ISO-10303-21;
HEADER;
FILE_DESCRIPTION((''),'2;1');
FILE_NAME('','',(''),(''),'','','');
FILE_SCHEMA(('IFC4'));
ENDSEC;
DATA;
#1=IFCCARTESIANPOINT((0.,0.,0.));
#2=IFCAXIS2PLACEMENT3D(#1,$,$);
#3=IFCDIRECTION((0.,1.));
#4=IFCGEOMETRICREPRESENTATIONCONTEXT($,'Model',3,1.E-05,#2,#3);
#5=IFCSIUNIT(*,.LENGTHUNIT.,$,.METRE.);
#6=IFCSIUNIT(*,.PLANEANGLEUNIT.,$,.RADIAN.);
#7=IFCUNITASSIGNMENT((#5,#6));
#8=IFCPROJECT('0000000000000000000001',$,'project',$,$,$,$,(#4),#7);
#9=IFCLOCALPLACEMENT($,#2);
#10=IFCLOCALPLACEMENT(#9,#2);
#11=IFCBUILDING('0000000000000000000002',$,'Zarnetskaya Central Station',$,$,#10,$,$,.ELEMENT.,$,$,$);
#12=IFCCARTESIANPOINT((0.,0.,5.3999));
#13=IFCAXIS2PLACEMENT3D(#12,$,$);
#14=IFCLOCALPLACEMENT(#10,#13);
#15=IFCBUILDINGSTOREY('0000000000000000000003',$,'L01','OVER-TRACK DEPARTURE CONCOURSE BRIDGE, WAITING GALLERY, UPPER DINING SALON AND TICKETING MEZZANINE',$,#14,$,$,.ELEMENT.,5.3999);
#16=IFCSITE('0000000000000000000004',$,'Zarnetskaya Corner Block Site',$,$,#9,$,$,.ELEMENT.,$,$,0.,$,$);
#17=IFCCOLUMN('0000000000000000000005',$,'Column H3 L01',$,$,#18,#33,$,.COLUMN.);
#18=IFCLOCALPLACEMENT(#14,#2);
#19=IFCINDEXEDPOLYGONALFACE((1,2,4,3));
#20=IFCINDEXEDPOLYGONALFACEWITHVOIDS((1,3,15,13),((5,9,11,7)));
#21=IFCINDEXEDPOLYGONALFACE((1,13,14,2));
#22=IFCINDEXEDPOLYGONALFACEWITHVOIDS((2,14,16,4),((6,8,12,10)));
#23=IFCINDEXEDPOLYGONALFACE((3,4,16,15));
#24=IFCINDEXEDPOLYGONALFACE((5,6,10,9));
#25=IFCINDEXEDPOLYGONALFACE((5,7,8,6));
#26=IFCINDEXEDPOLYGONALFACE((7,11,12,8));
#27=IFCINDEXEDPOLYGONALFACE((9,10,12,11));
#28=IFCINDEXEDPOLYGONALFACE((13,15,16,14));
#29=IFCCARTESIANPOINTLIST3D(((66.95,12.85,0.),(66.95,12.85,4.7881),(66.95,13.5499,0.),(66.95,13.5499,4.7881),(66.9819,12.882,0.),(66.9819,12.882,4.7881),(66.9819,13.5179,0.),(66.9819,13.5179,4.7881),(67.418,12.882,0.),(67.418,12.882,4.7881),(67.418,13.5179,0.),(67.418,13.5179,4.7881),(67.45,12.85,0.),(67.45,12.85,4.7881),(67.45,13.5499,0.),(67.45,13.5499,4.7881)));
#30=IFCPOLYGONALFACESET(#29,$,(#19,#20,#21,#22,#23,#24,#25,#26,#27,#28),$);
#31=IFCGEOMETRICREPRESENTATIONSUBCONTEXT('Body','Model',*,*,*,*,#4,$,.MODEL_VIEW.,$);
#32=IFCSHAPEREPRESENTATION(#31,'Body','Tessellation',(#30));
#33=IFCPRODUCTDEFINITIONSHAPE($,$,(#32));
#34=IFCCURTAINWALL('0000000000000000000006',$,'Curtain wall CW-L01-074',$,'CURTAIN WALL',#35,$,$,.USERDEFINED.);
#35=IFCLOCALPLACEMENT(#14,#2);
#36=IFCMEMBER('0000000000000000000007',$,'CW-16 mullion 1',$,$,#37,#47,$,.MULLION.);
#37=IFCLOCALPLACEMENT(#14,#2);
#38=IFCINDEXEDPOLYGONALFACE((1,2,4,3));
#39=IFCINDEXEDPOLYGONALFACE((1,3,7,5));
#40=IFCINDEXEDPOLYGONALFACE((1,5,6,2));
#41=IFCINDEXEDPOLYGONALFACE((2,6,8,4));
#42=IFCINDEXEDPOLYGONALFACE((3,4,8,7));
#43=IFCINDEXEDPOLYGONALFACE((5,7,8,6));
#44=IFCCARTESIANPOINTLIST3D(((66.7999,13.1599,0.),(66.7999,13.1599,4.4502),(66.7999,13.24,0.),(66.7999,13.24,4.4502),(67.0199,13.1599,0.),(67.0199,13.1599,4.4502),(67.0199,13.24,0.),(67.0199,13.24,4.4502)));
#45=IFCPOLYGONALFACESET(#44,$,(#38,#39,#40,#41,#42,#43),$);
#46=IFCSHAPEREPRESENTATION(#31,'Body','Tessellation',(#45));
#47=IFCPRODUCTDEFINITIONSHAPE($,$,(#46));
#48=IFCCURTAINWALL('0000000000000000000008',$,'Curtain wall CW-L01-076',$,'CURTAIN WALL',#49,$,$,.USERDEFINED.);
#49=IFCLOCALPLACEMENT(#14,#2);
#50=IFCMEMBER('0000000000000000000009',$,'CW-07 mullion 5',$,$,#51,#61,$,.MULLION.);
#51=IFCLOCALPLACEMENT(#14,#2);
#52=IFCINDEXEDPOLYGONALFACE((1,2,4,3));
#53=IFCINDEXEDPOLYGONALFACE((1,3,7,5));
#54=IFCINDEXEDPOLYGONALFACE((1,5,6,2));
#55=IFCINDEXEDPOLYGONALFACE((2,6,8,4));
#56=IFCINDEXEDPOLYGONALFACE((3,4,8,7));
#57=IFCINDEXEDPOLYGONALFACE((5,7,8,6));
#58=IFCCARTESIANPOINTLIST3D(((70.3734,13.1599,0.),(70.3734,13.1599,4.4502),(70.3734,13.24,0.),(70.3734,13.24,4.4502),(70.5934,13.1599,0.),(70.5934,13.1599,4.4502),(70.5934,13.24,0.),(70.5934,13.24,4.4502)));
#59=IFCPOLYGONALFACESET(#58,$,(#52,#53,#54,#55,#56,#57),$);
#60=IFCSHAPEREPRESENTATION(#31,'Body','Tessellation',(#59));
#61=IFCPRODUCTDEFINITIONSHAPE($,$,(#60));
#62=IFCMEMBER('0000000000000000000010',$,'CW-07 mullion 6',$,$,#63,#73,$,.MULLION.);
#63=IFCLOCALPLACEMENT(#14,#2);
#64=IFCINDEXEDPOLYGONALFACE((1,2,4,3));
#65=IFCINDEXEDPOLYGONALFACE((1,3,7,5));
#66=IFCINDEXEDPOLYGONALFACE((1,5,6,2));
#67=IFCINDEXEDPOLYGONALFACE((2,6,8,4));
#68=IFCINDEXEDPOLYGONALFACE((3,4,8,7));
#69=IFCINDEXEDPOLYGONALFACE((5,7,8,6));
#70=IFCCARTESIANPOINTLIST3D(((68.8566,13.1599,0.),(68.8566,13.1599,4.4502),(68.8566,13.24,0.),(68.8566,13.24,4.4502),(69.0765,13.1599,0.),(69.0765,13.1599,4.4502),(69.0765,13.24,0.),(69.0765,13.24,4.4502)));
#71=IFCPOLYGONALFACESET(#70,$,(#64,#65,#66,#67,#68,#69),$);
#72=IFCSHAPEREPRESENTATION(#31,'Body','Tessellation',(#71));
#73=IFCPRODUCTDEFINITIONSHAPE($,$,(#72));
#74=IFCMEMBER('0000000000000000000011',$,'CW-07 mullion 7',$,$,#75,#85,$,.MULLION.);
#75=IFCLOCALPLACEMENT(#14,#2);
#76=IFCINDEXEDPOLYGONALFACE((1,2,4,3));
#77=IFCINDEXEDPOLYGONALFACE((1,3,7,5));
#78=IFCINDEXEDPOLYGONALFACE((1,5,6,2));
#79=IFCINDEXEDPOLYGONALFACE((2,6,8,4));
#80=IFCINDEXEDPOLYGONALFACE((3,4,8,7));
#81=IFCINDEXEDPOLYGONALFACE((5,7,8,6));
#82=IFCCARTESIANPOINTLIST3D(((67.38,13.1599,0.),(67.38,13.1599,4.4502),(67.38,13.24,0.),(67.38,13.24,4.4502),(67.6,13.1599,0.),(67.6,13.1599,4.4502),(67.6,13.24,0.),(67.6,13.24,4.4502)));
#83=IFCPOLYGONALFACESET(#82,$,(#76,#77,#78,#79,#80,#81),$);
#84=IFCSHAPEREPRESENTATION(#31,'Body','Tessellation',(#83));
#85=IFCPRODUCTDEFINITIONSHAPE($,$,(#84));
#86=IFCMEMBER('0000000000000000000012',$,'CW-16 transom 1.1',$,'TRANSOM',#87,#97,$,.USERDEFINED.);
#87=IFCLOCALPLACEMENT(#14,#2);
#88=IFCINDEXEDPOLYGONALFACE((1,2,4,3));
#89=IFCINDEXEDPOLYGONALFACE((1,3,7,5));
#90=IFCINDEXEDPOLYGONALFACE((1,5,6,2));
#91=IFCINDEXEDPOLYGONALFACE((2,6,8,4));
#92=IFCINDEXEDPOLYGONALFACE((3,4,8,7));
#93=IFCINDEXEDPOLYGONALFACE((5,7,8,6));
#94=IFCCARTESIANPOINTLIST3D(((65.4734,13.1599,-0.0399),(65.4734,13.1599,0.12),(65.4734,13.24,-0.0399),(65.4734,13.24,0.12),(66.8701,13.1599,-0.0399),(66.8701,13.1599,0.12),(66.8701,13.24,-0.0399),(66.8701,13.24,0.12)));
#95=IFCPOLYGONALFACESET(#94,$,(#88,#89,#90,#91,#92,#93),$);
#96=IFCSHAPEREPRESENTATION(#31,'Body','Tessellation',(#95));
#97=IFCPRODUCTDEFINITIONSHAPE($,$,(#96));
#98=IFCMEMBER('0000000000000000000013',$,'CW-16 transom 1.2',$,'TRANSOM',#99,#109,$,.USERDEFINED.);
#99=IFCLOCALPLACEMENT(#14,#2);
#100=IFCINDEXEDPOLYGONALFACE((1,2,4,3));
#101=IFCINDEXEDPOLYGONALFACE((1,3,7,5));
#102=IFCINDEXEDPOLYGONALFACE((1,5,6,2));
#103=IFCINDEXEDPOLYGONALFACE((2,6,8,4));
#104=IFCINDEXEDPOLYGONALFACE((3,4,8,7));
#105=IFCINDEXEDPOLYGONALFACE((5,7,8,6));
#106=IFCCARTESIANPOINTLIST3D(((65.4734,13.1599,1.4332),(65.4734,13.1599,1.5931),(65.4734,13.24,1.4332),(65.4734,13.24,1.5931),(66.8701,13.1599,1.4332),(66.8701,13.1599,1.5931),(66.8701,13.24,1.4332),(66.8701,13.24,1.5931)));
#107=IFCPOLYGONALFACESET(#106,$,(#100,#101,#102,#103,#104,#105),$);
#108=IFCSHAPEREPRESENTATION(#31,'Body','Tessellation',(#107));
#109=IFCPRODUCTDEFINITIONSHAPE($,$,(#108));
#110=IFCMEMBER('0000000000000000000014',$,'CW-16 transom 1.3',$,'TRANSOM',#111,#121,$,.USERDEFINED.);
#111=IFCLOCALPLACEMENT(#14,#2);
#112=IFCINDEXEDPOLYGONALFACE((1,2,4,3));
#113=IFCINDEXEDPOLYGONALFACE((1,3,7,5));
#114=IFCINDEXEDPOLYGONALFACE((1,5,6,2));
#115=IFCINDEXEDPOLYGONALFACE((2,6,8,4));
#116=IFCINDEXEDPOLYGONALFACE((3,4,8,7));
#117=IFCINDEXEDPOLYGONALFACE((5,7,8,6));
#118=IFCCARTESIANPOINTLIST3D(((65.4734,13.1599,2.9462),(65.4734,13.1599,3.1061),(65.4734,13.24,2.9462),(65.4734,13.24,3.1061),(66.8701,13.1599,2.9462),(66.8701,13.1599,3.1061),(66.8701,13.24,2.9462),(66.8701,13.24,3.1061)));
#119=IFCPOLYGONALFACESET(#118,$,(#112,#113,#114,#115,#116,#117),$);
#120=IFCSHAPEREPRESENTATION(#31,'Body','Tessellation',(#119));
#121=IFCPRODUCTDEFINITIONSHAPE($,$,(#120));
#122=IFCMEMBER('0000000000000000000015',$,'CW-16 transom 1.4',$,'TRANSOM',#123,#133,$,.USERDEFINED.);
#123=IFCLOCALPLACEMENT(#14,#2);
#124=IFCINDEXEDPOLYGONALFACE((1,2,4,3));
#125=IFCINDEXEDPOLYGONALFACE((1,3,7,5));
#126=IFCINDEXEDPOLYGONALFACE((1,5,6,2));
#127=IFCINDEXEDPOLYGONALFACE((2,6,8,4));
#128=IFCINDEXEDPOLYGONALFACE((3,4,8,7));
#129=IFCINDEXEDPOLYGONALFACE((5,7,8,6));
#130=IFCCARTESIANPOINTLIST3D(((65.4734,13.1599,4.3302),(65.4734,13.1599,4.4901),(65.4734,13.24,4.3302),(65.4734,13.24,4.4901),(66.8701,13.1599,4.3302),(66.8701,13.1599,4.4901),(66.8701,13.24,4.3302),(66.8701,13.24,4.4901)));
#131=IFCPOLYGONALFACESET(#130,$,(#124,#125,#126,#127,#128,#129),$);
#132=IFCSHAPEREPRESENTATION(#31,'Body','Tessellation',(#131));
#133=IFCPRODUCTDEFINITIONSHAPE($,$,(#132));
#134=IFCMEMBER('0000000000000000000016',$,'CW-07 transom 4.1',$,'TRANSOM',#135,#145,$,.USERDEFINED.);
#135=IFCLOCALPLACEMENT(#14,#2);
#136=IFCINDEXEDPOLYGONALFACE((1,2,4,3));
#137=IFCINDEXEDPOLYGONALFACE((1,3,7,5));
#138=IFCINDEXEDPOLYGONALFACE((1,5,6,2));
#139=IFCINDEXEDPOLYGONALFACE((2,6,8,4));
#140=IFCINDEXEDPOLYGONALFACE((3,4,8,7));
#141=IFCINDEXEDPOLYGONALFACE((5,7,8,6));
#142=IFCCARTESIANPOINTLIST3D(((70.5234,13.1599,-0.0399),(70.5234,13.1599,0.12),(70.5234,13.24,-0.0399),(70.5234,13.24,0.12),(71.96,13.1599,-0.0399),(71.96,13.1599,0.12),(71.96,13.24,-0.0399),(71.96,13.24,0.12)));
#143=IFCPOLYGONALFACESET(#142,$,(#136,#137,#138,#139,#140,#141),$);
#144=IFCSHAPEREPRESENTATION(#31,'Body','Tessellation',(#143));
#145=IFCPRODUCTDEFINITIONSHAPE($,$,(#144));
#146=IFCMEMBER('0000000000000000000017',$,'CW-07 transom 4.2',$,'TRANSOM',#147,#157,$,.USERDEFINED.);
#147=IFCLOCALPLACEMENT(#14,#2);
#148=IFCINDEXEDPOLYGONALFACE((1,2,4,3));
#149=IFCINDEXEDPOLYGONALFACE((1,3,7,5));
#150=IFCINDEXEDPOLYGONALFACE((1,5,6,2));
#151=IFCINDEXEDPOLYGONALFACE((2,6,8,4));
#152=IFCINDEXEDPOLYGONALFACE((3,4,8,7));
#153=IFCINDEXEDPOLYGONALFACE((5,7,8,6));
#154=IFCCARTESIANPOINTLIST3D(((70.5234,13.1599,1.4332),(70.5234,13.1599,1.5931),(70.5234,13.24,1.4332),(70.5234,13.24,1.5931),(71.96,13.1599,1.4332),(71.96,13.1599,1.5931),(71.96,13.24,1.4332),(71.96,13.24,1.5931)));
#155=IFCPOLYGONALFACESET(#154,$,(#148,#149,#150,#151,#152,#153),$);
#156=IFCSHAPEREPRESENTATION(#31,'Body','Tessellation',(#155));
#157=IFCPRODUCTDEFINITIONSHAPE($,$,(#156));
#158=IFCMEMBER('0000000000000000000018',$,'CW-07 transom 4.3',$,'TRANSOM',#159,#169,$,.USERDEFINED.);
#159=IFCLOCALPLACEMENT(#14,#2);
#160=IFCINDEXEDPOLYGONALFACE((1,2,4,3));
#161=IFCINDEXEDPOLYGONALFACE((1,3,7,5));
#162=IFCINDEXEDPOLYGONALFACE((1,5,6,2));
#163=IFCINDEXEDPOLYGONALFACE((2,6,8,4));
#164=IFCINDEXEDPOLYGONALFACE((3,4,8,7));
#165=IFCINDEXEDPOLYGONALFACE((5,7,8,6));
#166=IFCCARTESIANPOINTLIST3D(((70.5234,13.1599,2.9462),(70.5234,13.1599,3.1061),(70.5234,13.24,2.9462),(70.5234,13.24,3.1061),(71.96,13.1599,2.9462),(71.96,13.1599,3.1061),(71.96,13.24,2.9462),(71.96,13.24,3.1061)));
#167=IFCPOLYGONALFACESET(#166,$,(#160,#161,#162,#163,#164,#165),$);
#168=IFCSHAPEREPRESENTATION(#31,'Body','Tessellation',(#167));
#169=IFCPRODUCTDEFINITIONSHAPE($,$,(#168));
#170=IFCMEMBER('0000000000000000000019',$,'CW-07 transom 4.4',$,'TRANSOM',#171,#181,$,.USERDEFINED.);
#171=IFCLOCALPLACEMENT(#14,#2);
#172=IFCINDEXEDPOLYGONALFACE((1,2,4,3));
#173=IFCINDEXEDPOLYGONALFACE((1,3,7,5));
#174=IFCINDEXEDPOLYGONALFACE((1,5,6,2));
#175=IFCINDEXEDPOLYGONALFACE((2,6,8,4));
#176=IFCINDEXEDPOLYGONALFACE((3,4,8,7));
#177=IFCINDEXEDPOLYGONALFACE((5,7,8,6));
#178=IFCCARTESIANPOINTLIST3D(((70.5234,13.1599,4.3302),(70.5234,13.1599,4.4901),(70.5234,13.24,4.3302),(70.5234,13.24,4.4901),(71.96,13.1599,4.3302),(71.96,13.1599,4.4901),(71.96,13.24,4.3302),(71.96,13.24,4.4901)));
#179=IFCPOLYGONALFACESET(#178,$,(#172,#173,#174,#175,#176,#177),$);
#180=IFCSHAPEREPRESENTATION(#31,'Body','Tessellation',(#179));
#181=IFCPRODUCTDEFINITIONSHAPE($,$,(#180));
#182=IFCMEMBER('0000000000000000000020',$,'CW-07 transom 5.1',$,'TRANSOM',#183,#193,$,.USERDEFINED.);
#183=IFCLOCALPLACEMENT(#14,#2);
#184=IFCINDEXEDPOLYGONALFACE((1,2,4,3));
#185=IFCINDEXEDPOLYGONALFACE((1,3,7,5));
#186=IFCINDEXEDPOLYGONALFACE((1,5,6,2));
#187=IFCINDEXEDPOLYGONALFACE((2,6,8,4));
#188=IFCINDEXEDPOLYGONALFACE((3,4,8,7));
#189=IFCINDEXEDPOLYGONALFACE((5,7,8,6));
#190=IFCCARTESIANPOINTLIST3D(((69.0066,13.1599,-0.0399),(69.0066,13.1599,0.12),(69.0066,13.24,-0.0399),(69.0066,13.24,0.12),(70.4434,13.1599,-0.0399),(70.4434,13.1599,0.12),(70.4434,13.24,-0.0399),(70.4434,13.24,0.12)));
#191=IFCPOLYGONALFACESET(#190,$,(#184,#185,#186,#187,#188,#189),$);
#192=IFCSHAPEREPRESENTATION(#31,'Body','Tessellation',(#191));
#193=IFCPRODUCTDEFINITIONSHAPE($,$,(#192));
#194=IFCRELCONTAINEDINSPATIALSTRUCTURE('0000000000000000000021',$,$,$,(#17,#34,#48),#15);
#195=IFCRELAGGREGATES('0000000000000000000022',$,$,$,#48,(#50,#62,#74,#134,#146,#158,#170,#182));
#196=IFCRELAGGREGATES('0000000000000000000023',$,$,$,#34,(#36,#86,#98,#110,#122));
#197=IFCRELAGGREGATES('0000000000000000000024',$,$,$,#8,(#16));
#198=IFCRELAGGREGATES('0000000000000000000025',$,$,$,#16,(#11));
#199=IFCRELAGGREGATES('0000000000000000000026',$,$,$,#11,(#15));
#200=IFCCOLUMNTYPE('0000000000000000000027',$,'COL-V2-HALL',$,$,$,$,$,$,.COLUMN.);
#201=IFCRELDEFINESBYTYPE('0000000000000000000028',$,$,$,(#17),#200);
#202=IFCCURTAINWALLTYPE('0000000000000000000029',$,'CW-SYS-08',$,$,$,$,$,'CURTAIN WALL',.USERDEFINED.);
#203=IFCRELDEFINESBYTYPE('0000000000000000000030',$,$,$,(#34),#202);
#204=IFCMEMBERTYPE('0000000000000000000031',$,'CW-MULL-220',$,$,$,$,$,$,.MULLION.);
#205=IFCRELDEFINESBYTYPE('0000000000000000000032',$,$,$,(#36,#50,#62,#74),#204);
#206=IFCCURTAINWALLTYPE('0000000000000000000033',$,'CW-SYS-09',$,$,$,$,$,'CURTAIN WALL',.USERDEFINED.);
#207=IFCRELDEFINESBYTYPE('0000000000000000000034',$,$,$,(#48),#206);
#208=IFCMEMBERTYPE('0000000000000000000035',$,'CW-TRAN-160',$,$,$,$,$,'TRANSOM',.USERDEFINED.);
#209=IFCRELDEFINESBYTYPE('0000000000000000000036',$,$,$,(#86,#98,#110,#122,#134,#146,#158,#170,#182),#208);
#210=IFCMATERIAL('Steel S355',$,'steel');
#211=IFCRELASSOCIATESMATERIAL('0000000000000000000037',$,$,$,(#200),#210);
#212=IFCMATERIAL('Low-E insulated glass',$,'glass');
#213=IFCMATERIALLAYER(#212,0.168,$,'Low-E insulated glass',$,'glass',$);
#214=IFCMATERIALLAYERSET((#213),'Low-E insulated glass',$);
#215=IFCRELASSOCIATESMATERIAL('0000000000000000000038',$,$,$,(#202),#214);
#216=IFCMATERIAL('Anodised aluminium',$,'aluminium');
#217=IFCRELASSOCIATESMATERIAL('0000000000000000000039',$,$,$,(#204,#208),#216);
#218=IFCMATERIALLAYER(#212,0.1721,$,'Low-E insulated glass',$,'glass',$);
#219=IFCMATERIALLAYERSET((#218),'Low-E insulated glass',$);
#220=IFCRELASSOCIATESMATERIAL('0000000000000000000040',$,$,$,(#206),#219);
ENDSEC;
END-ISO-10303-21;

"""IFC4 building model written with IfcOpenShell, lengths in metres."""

from ifc_helpers import new_model, si_unit, direction, frame, origin, origin_2d, place, context, subcontext, project, spatial, rectangle, hollow_rectangle, extrude, material, layer, layer_set, material_profile, profile_set, type_object, element, aggregate, save


model = new_model("IFC4")

# Units and contexts
model_context = context("Model", 3, precision=1e-05, world=origin(), true_north=direction((0.0, 1.0)))
body_context = subcontext(model_context, "Body", "Model", "MODEL_VIEW")
ifc_project = project(units=[si_unit("LENGTHUNIT", "METRE"), si_unit("PLANEANGLEUNIT", "RADIAN")], contexts=[model_context])

# Site, building, storey
site_placement = place(None, origin())
site = spatial("IfcSite", under=ifc_project, at=site_placement, Name="Zarnetskaya Corner Block Site", CompositionType="ELEMENT", RefElevation=0.0)
building_placement = place(site_placement, origin())
building = spatial("IfcBuilding", under=site, at=building_placement, Name="Zarnetskaya Central Station", CompositionType="ELEMENT")
storey_placement = place(building_placement, frame((0.0, 0.0, 5.3999)))
storey = spatial("IfcBuildingStorey", under=building, at=storey_placement, Name="L01", Description="OVER-TRACK DEPARTURE CONCOURSE BRIDGE, WAITING GALLERY, UPPER DINING SALON AND TICKETING MEZZANINE", CompositionType="ELEMENT", Elevation=5.3999)

# Column
ifc_material_1 = material(Name="Steel S355", Category="steel")
ifc_material_profile_1 = material_profile(ifc_material_1, hollow_rectangle(XDim=0.5, YDim=0.7, WallThickness=0.032, at=origin_2d()), Name="BOX 700x500x32")
ifc_profile_set_1 = profile_set([ifc_material_profile_1], Name="Steel S355")
column_type = type_object("IfcColumnType", Name="COL-V2-HALL", PredefinedType="COLUMN", material=ifc_profile_set_1)
column_placement = place(storey_placement, frame((67.2, 13.2, 0.0), z_axis=(0.0, 0.0, 1.0), x_axis=(1.0, 0.0, 0.0)))
element("IfcColumn", 1, at=column_placement, inside=storey, type_object=column_type, Name="Column H3 L01", PredefinedType="COLUMN", context=body_context, shape_type="SweptSolid", body=[
    extrude(hollow_rectangle(XDim=0.5, YDim=0.7, WallThickness=0.032, at=origin_2d()), origin(), (0.0, 0.0, 1.0), 4.7881),
])

# Curtain wall, member
ifc_material_2 = material(Name="Low-E insulated glass", Category="glass")
ifc_layer_1 = layer(ifc_material_2, 0.168, Name="Low-E insulated glass", Category="glass")
ifc_layer_set_1 = layer_set([ifc_layer_1], Name="Low-E insulated glass")
curtain_wall_type_1 = type_object("IfcCurtainWallType", Name="CW-SYS-08", ElementType="CURTAIN WALL", PredefinedType="USERDEFINED", material=ifc_layer_set_1)
curtain_wall_1_placement = place(storey_placement, origin())
curtain_wall_1 = element("IfcCurtainWall", 2, at=curtain_wall_1_placement, inside=storey, type_object=curtain_wall_type_1, Name="Curtain wall CW-L01-074", ObjectType="CURTAIN WALL", PredefinedType="USERDEFINED")
ifc_material_3 = material(Name="Anodised aluminium", Category="aluminium")
ifc_material_profile_2 = material_profile(ifc_material_3, rectangle(XDim=0.0801, YDim=0.22, at=origin_2d()), Name="ALU MULL 80x220")
ifc_profile_set_2 = profile_set([ifc_material_profile_2], Name="Anodised aluminium")
member_type_1 = type_object("IfcMemberType", Name="CW-MULL-220", PredefinedType="MULLION", material=ifc_profile_set_2)
member_1_placement = place(storey_placement, frame((66.9099, 13.2, 0.0), z_axis=(0.0, 0.0, 1.0), x_axis=(0.0, -1.0, 0.0)))
member_1 = element("IfcMember", 3, at=member_1_placement, type_object=member_type_1, Name="CW-16 mullion 1", PredefinedType="MULLION", context=body_context, shape_type="SweptSolid", body=[
    extrude(rectangle(XDim=0.0801, YDim=0.22, at=origin_2d()), origin(), (0.0, 0.0, 1.0), 4.4502),
])

# Curtain wall, members
ifc_layer_2 = layer(ifc_material_2, 0.1721, Name="Low-E insulated glass", Category="glass")
ifc_layer_set_2 = layer_set([ifc_layer_2], Name="Low-E insulated glass")
curtain_wall_type_2 = type_object("IfcCurtainWallType", Name="CW-SYS-09", ElementType="CURTAIN WALL", PredefinedType="USERDEFINED", material=ifc_layer_set_2)
curtain_wall_2_placement = place(storey_placement, origin())
curtain_wall_2 = element("IfcCurtainWall", 4, at=curtain_wall_2_placement, inside=storey, type_object=curtain_wall_type_2, Name="Curtain wall CW-L01-076", ObjectType="CURTAIN WALL", PredefinedType="USERDEFINED")
member_2_placement = place(storey_placement, frame((70.4834, 13.2, 0.0), z_axis=(0.0, 0.0, 1.0), x_axis=(0.0, -1.0, 0.0)))
member_2 = element("IfcMember", 5, at=member_2_placement, type_object=member_type_1, Name="CW-07 mullion 5", PredefinedType="MULLION", context=body_context, shape_type="SweptSolid", body=[
    extrude(rectangle(XDim=0.0801, YDim=0.22, at=origin_2d()), origin(), (0.0, 0.0, 1.0), 4.4502),
])
member_3_placement = place(storey_placement, frame((68.9666, 13.2, 0.0), z_axis=(0.0, 0.0, 1.0), x_axis=(0.0, -1.0, 0.0)))
member_3 = element("IfcMember", 6, at=member_3_placement, type_object=member_type_1, Name="CW-07 mullion 6", PredefinedType="MULLION", context=body_context, shape_type="SweptSolid", body=[
    extrude(rectangle(XDim=0.0801, YDim=0.22, at=origin_2d()), origin(), (0.0, 0.0, 1.0), 4.4502),
])
member_4_placement = place(storey_placement, frame((67.49, 13.2, 0.0), z_axis=(0.0, 0.0, 1.0), x_axis=(0.0, -1.0, 0.0)))
member_4 = element("IfcMember", 7, at=member_4_placement, type_object=member_type_1, Name="CW-07 mullion 7", PredefinedType="MULLION", context=body_context, shape_type="SweptSolid", body=[
    extrude(rectangle(XDim=0.0801, YDim=0.22, at=origin_2d()), origin(), (0.0, 0.0, 1.0), 4.4502),
])

# Members
ifc_material_profile_3 = material_profile(ifc_material_3, rectangle(XDim=0.0801, YDim=0.1599, at=origin_2d()), Name="ALU TRAN 80x160")
ifc_profile_set_3 = profile_set([ifc_material_profile_3], Name="Anodised aluminium")
member_type_2 = type_object("IfcMemberType", Name="CW-TRAN-160", ElementType="TRANSOM", PredefinedType="USERDEFINED", material=ifc_profile_set_3)
member_5_placement = place(storey_placement, frame((66.8701, 13.2, 0.04), z_axis=(-1.0, 0.0, 0.0), x_axis=(0.0, -1.0, 0.0)))
member_5 = element("IfcMember", 8, at=member_5_placement, type_object=member_type_2, Name="CW-16 transom 1.1", ObjectType="TRANSOM", PredefinedType="USERDEFINED", context=body_context, shape_type="SweptSolid", body=[
    extrude(rectangle(XDim=0.0801, YDim=0.1599, at=origin_2d()), origin(), (0.0, 0.0, 1.0), 1.3967),
])
member_6_placement = place(storey_placement, frame((66.8701, 13.2, 1.5132), z_axis=(-1.0, 0.0, 0.0), x_axis=(0.0, -1.0, 0.0)))
member_6 = element("IfcMember", 9, at=member_6_placement, type_object=member_type_2, Name="CW-16 transom 1.2", ObjectType="TRANSOM", PredefinedType="USERDEFINED", context=body_context, shape_type="SweptSolid", body=[
    extrude(rectangle(XDim=0.0801, YDim=0.1599, at=origin_2d()), origin(), (0.0, 0.0, 1.0), 1.3967),
])
member_7_placement = place(storey_placement, frame((66.8701, 13.2, 3.0261), z_axis=(-1.0, 0.0, 0.0), x_axis=(0.0, -1.0, 0.0)))
member_7 = element("IfcMember", 10, at=member_7_placement, type_object=member_type_2, Name="CW-16 transom 1.3", ObjectType="TRANSOM", PredefinedType="USERDEFINED", context=body_context, shape_type="SweptSolid", body=[
    extrude(rectangle(XDim=0.0801, YDim=0.1599, at=origin_2d()), origin(), (0.0, 0.0, 1.0), 1.3967),
])
member_8_placement = place(storey_placement, frame((66.8701, 13.2, 4.4102), z_axis=(-1.0, 0.0, 0.0), x_axis=(0.0, -1.0, 0.0)))
member_8 = element("IfcMember", 11, at=member_8_placement, type_object=member_type_2, Name="CW-16 transom 1.4", ObjectType="TRANSOM", PredefinedType="USERDEFINED", context=body_context, shape_type="SweptSolid", body=[
    extrude(rectangle(XDim=0.0801, YDim=0.1599, at=origin_2d()), origin(), (0.0, 0.0, 1.0), 1.3967),
])
member_9_placement = place(storey_placement, frame((71.96, 13.2, 0.04), z_axis=(-1.0, 0.0, 0.0), x_axis=(0.0, -1.0, 0.0)))
member_9 = element("IfcMember", 12, at=member_9_placement, type_object=member_type_2, Name="CW-07 transom 4.1", ObjectType="TRANSOM", PredefinedType="USERDEFINED", context=body_context, shape_type="SweptSolid", body=[
    extrude(rectangle(XDim=0.0801, YDim=0.1599, at=origin_2d()), origin(), (0.0, 0.0, 1.0), 1.4365),
])
member_10_placement = place(storey_placement, frame((71.96, 13.2, 1.5132), z_axis=(-1.0, 0.0, 0.0), x_axis=(0.0, -1.0, 0.0)))
member_10 = element("IfcMember", 13, at=member_10_placement, type_object=member_type_2, Name="CW-07 transom 4.2", ObjectType="TRANSOM", PredefinedType="USERDEFINED", context=body_context, shape_type="SweptSolid", body=[
    extrude(rectangle(XDim=0.0801, YDim=0.1599, at=origin_2d()), origin(), (0.0, 0.0, 1.0), 1.4365),
])
member_11_placement = place(storey_placement, frame((71.96, 13.2, 3.0261), z_axis=(-1.0, 0.0, 0.0), x_axis=(0.0, -1.0, 0.0)))
member_11 = element("IfcMember", 14, at=member_11_placement, type_object=member_type_2, Name="CW-07 transom 4.3", ObjectType="TRANSOM", PredefinedType="USERDEFINED", context=body_context, shape_type="SweptSolid", body=[
    extrude(rectangle(XDim=0.0801, YDim=0.1599, at=origin_2d()), origin(), (0.0, 0.0, 1.0), 1.4365),
])
member_12_placement = place(storey_placement, frame((71.96, 13.2, 4.4102), z_axis=(-1.0, 0.0, 0.0), x_axis=(0.0, -1.0, 0.0)))
member_12 = element("IfcMember", 15, at=member_12_placement, type_object=member_type_2, Name="CW-07 transom 4.4", ObjectType="TRANSOM", PredefinedType="USERDEFINED", context=body_context, shape_type="SweptSolid", body=[
    extrude(rectangle(XDim=0.0801, YDim=0.1599, at=origin_2d()), origin(), (0.0, 0.0, 1.0), 1.4365),
])
member_13_placement = place(storey_placement, frame((70.4434, 13.2, 0.04), z_axis=(-1.0, 0.0, 0.0), x_axis=(0.0, -1.0, 0.0)))
member_13 = element("IfcMember", 16, at=member_13_placement, type_object=member_type_2, Name="CW-07 transom 5.1", ObjectType="TRANSOM", PredefinedType="USERDEFINED", context=body_context, shape_type="SweptSolid", body=[
    extrude(rectangle(XDim=0.0801, YDim=0.1599, at=origin_2d()), origin(), (0.0, 0.0, 1.0), 1.4368),
])

aggregate(curtain_wall_2, [member_2, member_3, member_4, member_9, member_10, member_11, member_12, member_13])
aggregate(curtain_wall_1, [member_1, member_5, member_6, member_7, member_8])

save(model, "model.ifc")
